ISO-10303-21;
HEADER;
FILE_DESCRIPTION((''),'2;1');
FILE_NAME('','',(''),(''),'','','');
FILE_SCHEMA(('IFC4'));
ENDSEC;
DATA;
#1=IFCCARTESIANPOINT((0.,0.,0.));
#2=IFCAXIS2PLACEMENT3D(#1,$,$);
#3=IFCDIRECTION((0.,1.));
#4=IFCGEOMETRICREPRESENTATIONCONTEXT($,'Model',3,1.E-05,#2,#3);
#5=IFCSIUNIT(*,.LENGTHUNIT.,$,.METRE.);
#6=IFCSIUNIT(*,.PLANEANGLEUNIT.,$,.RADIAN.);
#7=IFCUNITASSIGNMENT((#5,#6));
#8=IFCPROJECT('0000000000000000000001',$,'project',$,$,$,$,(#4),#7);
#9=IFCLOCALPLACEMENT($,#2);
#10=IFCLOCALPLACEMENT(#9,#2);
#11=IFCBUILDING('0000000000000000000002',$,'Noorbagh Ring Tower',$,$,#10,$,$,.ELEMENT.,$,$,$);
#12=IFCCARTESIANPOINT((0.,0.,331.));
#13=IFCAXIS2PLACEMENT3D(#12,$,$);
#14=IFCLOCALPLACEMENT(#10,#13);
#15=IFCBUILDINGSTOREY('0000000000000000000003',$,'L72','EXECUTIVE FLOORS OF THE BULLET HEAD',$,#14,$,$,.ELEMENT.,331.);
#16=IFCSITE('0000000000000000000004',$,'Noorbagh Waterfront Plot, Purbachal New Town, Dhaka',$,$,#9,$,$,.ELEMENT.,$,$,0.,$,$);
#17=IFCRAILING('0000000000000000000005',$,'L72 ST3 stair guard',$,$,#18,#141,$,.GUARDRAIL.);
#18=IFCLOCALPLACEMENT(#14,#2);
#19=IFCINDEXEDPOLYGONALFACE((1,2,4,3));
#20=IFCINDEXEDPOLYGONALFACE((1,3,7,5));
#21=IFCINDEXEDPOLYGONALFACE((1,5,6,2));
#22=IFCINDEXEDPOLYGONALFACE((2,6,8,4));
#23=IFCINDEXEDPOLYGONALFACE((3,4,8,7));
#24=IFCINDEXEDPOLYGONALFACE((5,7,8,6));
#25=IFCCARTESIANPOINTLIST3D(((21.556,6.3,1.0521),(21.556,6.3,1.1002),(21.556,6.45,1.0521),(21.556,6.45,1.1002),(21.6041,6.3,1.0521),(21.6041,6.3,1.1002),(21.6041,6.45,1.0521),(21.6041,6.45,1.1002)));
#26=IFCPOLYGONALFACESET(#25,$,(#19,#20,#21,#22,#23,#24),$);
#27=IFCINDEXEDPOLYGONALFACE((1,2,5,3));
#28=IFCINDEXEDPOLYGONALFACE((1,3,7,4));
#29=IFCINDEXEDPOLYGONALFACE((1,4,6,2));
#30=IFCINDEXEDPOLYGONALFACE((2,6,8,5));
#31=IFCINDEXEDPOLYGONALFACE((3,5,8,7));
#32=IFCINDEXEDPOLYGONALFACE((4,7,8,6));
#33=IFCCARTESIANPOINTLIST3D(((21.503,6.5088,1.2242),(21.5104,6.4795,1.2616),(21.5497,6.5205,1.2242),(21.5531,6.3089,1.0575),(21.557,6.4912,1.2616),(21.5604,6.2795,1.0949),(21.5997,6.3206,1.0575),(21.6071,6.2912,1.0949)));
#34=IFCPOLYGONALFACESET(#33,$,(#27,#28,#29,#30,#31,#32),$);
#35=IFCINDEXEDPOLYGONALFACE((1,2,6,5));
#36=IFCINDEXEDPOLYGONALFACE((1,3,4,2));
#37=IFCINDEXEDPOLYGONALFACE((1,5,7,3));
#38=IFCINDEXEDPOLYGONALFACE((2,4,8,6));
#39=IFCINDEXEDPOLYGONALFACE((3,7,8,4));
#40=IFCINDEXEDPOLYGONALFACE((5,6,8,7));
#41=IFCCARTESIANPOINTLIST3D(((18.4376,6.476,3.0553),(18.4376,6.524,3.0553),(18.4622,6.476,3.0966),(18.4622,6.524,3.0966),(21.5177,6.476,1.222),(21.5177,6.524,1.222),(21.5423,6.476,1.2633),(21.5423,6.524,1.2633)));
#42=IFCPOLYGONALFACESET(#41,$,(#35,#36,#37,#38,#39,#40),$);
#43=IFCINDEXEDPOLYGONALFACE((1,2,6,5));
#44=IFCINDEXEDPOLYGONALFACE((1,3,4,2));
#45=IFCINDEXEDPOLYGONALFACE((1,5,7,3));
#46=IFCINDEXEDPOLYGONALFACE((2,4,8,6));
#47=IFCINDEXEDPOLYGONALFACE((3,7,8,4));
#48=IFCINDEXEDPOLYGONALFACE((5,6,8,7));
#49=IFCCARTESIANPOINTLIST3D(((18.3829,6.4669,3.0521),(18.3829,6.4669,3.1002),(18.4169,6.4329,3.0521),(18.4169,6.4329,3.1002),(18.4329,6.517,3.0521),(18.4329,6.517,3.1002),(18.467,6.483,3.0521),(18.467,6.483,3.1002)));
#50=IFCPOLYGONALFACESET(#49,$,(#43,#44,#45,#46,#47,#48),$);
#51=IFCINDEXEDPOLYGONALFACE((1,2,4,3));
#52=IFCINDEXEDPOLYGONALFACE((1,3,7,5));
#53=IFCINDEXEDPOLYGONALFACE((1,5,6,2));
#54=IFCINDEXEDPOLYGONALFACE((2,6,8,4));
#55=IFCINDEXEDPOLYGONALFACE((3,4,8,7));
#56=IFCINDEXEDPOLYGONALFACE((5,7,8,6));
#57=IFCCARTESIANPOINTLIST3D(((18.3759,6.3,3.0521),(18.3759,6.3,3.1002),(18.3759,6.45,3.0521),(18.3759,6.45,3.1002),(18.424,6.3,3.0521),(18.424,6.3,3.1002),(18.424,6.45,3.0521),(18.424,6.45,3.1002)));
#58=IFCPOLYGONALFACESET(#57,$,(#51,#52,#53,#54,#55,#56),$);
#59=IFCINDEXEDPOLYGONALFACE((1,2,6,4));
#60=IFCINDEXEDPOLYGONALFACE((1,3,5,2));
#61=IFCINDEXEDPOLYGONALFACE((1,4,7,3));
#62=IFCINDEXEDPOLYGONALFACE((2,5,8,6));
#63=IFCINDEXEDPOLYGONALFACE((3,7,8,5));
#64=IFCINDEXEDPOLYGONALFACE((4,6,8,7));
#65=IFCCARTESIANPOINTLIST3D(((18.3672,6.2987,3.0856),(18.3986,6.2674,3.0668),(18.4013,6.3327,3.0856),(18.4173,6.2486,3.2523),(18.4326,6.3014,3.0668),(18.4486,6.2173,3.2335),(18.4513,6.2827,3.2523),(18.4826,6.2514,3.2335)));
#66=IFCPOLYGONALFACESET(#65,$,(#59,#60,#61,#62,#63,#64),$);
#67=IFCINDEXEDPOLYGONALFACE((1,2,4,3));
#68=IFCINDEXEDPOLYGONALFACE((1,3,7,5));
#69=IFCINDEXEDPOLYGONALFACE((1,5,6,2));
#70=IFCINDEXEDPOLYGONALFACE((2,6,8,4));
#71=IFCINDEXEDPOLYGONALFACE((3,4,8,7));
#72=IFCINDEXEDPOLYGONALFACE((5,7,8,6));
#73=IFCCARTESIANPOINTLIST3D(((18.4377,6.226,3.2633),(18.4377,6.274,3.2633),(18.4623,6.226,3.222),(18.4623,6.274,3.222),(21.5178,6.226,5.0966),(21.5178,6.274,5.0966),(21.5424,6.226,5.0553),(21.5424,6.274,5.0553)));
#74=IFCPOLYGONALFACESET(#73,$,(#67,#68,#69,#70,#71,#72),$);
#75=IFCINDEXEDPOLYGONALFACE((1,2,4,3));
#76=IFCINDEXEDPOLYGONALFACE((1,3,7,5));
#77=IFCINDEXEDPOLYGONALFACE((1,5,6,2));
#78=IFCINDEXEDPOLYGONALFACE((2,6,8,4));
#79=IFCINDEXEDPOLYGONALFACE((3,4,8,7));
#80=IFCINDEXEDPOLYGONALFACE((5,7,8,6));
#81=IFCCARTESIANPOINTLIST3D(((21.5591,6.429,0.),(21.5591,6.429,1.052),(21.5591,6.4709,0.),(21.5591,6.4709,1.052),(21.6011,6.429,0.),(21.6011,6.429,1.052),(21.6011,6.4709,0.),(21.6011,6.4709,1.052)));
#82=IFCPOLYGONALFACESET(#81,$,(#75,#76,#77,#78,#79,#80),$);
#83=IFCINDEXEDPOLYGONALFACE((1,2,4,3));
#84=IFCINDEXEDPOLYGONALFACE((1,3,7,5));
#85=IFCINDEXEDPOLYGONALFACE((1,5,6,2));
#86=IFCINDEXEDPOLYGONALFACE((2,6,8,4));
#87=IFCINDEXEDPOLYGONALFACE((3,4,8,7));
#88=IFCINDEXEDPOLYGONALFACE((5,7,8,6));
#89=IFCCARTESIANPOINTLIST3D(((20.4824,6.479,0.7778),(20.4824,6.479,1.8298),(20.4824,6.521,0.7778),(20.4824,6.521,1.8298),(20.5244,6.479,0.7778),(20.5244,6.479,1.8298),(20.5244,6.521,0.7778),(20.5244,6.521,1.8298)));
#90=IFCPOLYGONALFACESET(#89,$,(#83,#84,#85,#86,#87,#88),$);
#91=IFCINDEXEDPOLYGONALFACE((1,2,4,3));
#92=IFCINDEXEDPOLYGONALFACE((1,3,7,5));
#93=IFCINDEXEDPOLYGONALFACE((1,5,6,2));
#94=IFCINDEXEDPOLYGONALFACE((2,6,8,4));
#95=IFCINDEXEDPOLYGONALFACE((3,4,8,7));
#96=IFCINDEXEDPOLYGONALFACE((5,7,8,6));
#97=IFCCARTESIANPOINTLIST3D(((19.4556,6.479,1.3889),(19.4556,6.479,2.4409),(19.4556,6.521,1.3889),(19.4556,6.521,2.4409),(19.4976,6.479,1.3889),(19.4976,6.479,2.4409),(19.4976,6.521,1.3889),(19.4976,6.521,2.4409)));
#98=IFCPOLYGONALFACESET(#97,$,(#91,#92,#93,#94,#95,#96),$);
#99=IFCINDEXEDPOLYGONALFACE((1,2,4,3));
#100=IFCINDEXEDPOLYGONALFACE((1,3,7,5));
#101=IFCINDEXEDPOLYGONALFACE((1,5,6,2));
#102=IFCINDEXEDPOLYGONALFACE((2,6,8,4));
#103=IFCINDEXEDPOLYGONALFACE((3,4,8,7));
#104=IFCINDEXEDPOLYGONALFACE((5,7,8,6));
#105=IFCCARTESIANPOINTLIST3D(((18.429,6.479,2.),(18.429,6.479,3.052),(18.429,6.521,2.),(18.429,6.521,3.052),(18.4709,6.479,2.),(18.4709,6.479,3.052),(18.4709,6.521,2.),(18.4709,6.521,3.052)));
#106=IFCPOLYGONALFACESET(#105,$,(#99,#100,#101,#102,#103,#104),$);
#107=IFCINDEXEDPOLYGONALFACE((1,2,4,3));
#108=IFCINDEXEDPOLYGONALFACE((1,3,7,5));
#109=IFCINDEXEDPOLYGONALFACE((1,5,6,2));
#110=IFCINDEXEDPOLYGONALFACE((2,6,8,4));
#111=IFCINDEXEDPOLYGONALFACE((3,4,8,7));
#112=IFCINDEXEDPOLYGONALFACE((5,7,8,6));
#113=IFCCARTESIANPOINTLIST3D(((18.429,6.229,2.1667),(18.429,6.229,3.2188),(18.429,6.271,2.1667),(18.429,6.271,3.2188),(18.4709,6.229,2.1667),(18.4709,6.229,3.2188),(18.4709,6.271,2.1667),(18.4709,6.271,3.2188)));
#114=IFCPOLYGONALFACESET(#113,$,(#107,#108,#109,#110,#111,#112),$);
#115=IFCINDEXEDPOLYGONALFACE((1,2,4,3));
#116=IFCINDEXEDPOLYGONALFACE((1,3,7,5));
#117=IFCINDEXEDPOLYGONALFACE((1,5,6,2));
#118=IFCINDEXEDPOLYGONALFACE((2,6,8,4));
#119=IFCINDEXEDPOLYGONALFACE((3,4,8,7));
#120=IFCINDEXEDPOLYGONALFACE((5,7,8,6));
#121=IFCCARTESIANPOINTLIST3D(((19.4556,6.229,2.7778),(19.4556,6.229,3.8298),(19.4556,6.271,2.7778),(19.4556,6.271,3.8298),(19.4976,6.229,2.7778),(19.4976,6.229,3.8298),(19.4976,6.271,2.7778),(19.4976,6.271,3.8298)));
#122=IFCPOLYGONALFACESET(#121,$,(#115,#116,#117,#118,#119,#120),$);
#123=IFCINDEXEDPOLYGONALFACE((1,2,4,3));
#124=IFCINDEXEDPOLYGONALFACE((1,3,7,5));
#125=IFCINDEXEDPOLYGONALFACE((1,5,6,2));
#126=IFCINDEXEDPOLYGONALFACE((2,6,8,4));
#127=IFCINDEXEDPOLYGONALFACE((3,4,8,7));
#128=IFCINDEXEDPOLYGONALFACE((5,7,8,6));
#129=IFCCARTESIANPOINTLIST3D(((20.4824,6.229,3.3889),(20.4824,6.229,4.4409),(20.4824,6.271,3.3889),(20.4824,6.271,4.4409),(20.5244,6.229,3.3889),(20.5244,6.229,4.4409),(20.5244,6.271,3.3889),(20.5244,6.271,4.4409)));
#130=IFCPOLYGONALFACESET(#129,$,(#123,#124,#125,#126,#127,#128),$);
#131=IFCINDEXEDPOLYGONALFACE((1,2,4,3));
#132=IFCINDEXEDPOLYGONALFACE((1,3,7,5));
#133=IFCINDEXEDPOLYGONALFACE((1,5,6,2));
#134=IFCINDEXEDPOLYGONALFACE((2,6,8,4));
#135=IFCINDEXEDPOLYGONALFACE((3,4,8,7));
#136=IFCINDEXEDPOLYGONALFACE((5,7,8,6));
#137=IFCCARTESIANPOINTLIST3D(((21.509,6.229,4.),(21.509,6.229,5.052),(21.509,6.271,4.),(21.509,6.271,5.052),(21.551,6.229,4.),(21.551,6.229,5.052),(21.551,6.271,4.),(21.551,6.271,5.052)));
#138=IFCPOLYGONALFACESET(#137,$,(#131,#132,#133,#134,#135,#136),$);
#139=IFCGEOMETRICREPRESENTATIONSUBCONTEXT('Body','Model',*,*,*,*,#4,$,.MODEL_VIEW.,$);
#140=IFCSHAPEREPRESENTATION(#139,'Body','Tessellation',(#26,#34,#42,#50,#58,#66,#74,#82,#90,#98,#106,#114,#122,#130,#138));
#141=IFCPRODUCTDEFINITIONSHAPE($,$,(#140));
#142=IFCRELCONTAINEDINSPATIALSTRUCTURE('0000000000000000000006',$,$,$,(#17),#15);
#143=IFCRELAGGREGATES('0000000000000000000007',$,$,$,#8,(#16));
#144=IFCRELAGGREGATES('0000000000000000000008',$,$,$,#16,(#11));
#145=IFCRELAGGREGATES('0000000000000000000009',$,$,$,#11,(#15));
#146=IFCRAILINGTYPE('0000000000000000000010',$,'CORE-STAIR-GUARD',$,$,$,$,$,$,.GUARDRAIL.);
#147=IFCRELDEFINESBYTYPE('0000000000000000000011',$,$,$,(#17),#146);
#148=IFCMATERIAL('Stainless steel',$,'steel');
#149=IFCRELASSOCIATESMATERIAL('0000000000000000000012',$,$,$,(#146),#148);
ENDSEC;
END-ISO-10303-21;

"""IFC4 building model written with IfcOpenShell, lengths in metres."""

from ifc_helpers import new_model, si_unit, direction, frame, origin, origin_2d, place, context, subcontext, project, spatial, rectangle, extrude, material, type_object, element, save


model = new_model("IFC4")

# Units and contexts
model_context = context("Model", 3, precision=1e-05, world=origin(), true_north=direction((0.0, 1.0)))
body_context = subcontext(model_context, "Body", "Model", "MODEL_VIEW")
ifc_project = project(units=[si_unit("LENGTHUNIT", "METRE"), si_unit("PLANEANGLEUNIT", "RADIAN")], contexts=[model_context])

# Site, building, storey
site_placement = place(None, origin())
site = spatial("IfcSite", under=ifc_project, at=site_placement, Name="Noorbagh Waterfront Plot, Purbachal New Town, Dhaka", CompositionType="ELEMENT", RefElevation=0.0)
building_placement = place(site_placement, origin())
building = spatial("IfcBuilding", under=site, at=building_placement, Name="Noorbagh Ring Tower", CompositionType="ELEMENT")
storey_placement = place(building_placement, frame((0.0, 0.0, 331.0)))
storey = spatial("IfcBuildingStorey", under=building, at=storey_placement, Name="L72", Description="EXECUTIVE FLOORS OF THE BULLET HEAD", CompositionType="ELEMENT", Elevation=331.0)

# Railing
ifc_material_1 = material(Name="Stainless steel", Category="steel")
railing_type_1 = type_object("IfcRailingType", Name="CORE-STAIR-GUARD", PredefinedType="GUARDRAIL", material=ifc_material_1)
railing_1_placement = place(storey_placement, frame((21.5801, 6.45, 0.0)))
element("IfcRailing", 1, at=railing_1_placement, inside=storey, type_object=railing_type_1, Name="L72 ST3 stair guard", PredefinedType="GUARDRAIL", context=body_context, shape_type="SweptSolid", body=[
    extrude(rectangle(XDim=0.0481, YDim=0.0481, at=origin_2d()), frame((0.0, 0.0, 1.0762), z_axis=(0.0, -1.0, 0.0), x_axis=(1.0, 0.0, 0.0)), (0.0, 0.0, 1.0), 0.1499),
    extrude(rectangle(XDim=0.0481, YDim=0.0481, at=origin_2d()), frame((0.0, -0.1499, 1.0762), z_axis=(-0.188776, 0.754182, 0.628946), x_axis=(-0.970073, -0.242814, 0.0)), (0.0, 0.0, 1.0), 0.2651),
    extrude(rectangle(XDim=0.0481, YDim=0.0481, at=origin_2d()), frame((-0.05, 0.05, 1.2427), z_axis=(-0.859309, 0.0, 0.511458), x_axis=(0.0, -1.0, 0.0)), (0.0, 0.0, 1.0), 3.5845),
    extrude(rectangle(XDim=0.0481, YDim=0.0481, at=origin_2d()), frame((-3.1301, 0.05, 3.0762), z_axis=(-0.707107, -0.707107, 0.0), x_axis=(0.707107, -0.707107, 0.0)), (0.0, 0.0, 1.0), 0.0708),
    extrude(rectangle(XDim=0.0481, YDim=0.0481, at=origin_2d()), frame((-3.1802, 0.0, 3.0762), z_axis=(0.0, -1.0, 0.0), x_axis=(1.0, 0.0, 0.0)), (0.0, 0.0, 1.0), 0.1499),
    extrude(rectangle(XDim=0.0481, YDim=0.0481, at=origin_2d()), frame((-3.1802, -0.1499, 3.0762), z_axis=(0.276287, -0.276287, 0.920506), x_axis=(0.707107, 0.707107, 0.0)), (0.0, 0.0, 1.0), 0.1812),
    extrude(rectangle(XDim=0.0481, YDim=0.0481, at=origin_2d()), frame((-3.1301, -0.2, 3.2427), z_axis=(0.859309, 0.0, 0.511458), x_axis=(0.0, 1.0, 0.0)), (0.0, 0.0, 1.0), 3.5845),
    extrude(rectangle(XDim=0.042, YDim=0.042, at=origin_2d()), origin(), (0.0, 0.0, 1.0), 1.052),
    extrude(rectangle(XDim=0.042, YDim=0.042, at=origin_2d()), frame((-1.0767, 0.05, 0.7778)), (0.0, 0.0, 1.0), 1.052),
    extrude(rectangle(XDim=0.042, YDim=0.042, at=origin_2d()), frame((-2.1035, 0.05, 1.3889)), (0.0, 0.0, 1.0), 1.052),
    extrude(rectangle(XDim=0.042, YDim=0.042, at=origin_2d()), frame((-3.1301, 0.05, 2.0)), (0.0, 0.0, 1.0), 1.052),
    extrude(rectangle(XDim=0.042, YDim=0.042, at=origin_2d()), frame((-3.1301, -0.2, 2.1667)), (0.0, 0.0, 1.0), 1.052),
    extrude(rectangle(XDim=0.042, YDim=0.042, at=origin_2d()), frame((-2.1035, -0.2, 2.7778)), (0.0, 0.0, 1.0), 1.052),
    extrude(rectangle(XDim=0.042, YDim=0.042, at=origin_2d()), frame((-1.0767, -0.2, 3.3889)), (0.0, 0.0, 1.0), 1.052),
    extrude(rectangle(XDim=0.042, YDim=0.042, at=origin_2d()), frame((-0.05, -0.2, 4.0)), (0.0, 0.0, 1.0), 1.052),
])

save(model, "model.ifc")
